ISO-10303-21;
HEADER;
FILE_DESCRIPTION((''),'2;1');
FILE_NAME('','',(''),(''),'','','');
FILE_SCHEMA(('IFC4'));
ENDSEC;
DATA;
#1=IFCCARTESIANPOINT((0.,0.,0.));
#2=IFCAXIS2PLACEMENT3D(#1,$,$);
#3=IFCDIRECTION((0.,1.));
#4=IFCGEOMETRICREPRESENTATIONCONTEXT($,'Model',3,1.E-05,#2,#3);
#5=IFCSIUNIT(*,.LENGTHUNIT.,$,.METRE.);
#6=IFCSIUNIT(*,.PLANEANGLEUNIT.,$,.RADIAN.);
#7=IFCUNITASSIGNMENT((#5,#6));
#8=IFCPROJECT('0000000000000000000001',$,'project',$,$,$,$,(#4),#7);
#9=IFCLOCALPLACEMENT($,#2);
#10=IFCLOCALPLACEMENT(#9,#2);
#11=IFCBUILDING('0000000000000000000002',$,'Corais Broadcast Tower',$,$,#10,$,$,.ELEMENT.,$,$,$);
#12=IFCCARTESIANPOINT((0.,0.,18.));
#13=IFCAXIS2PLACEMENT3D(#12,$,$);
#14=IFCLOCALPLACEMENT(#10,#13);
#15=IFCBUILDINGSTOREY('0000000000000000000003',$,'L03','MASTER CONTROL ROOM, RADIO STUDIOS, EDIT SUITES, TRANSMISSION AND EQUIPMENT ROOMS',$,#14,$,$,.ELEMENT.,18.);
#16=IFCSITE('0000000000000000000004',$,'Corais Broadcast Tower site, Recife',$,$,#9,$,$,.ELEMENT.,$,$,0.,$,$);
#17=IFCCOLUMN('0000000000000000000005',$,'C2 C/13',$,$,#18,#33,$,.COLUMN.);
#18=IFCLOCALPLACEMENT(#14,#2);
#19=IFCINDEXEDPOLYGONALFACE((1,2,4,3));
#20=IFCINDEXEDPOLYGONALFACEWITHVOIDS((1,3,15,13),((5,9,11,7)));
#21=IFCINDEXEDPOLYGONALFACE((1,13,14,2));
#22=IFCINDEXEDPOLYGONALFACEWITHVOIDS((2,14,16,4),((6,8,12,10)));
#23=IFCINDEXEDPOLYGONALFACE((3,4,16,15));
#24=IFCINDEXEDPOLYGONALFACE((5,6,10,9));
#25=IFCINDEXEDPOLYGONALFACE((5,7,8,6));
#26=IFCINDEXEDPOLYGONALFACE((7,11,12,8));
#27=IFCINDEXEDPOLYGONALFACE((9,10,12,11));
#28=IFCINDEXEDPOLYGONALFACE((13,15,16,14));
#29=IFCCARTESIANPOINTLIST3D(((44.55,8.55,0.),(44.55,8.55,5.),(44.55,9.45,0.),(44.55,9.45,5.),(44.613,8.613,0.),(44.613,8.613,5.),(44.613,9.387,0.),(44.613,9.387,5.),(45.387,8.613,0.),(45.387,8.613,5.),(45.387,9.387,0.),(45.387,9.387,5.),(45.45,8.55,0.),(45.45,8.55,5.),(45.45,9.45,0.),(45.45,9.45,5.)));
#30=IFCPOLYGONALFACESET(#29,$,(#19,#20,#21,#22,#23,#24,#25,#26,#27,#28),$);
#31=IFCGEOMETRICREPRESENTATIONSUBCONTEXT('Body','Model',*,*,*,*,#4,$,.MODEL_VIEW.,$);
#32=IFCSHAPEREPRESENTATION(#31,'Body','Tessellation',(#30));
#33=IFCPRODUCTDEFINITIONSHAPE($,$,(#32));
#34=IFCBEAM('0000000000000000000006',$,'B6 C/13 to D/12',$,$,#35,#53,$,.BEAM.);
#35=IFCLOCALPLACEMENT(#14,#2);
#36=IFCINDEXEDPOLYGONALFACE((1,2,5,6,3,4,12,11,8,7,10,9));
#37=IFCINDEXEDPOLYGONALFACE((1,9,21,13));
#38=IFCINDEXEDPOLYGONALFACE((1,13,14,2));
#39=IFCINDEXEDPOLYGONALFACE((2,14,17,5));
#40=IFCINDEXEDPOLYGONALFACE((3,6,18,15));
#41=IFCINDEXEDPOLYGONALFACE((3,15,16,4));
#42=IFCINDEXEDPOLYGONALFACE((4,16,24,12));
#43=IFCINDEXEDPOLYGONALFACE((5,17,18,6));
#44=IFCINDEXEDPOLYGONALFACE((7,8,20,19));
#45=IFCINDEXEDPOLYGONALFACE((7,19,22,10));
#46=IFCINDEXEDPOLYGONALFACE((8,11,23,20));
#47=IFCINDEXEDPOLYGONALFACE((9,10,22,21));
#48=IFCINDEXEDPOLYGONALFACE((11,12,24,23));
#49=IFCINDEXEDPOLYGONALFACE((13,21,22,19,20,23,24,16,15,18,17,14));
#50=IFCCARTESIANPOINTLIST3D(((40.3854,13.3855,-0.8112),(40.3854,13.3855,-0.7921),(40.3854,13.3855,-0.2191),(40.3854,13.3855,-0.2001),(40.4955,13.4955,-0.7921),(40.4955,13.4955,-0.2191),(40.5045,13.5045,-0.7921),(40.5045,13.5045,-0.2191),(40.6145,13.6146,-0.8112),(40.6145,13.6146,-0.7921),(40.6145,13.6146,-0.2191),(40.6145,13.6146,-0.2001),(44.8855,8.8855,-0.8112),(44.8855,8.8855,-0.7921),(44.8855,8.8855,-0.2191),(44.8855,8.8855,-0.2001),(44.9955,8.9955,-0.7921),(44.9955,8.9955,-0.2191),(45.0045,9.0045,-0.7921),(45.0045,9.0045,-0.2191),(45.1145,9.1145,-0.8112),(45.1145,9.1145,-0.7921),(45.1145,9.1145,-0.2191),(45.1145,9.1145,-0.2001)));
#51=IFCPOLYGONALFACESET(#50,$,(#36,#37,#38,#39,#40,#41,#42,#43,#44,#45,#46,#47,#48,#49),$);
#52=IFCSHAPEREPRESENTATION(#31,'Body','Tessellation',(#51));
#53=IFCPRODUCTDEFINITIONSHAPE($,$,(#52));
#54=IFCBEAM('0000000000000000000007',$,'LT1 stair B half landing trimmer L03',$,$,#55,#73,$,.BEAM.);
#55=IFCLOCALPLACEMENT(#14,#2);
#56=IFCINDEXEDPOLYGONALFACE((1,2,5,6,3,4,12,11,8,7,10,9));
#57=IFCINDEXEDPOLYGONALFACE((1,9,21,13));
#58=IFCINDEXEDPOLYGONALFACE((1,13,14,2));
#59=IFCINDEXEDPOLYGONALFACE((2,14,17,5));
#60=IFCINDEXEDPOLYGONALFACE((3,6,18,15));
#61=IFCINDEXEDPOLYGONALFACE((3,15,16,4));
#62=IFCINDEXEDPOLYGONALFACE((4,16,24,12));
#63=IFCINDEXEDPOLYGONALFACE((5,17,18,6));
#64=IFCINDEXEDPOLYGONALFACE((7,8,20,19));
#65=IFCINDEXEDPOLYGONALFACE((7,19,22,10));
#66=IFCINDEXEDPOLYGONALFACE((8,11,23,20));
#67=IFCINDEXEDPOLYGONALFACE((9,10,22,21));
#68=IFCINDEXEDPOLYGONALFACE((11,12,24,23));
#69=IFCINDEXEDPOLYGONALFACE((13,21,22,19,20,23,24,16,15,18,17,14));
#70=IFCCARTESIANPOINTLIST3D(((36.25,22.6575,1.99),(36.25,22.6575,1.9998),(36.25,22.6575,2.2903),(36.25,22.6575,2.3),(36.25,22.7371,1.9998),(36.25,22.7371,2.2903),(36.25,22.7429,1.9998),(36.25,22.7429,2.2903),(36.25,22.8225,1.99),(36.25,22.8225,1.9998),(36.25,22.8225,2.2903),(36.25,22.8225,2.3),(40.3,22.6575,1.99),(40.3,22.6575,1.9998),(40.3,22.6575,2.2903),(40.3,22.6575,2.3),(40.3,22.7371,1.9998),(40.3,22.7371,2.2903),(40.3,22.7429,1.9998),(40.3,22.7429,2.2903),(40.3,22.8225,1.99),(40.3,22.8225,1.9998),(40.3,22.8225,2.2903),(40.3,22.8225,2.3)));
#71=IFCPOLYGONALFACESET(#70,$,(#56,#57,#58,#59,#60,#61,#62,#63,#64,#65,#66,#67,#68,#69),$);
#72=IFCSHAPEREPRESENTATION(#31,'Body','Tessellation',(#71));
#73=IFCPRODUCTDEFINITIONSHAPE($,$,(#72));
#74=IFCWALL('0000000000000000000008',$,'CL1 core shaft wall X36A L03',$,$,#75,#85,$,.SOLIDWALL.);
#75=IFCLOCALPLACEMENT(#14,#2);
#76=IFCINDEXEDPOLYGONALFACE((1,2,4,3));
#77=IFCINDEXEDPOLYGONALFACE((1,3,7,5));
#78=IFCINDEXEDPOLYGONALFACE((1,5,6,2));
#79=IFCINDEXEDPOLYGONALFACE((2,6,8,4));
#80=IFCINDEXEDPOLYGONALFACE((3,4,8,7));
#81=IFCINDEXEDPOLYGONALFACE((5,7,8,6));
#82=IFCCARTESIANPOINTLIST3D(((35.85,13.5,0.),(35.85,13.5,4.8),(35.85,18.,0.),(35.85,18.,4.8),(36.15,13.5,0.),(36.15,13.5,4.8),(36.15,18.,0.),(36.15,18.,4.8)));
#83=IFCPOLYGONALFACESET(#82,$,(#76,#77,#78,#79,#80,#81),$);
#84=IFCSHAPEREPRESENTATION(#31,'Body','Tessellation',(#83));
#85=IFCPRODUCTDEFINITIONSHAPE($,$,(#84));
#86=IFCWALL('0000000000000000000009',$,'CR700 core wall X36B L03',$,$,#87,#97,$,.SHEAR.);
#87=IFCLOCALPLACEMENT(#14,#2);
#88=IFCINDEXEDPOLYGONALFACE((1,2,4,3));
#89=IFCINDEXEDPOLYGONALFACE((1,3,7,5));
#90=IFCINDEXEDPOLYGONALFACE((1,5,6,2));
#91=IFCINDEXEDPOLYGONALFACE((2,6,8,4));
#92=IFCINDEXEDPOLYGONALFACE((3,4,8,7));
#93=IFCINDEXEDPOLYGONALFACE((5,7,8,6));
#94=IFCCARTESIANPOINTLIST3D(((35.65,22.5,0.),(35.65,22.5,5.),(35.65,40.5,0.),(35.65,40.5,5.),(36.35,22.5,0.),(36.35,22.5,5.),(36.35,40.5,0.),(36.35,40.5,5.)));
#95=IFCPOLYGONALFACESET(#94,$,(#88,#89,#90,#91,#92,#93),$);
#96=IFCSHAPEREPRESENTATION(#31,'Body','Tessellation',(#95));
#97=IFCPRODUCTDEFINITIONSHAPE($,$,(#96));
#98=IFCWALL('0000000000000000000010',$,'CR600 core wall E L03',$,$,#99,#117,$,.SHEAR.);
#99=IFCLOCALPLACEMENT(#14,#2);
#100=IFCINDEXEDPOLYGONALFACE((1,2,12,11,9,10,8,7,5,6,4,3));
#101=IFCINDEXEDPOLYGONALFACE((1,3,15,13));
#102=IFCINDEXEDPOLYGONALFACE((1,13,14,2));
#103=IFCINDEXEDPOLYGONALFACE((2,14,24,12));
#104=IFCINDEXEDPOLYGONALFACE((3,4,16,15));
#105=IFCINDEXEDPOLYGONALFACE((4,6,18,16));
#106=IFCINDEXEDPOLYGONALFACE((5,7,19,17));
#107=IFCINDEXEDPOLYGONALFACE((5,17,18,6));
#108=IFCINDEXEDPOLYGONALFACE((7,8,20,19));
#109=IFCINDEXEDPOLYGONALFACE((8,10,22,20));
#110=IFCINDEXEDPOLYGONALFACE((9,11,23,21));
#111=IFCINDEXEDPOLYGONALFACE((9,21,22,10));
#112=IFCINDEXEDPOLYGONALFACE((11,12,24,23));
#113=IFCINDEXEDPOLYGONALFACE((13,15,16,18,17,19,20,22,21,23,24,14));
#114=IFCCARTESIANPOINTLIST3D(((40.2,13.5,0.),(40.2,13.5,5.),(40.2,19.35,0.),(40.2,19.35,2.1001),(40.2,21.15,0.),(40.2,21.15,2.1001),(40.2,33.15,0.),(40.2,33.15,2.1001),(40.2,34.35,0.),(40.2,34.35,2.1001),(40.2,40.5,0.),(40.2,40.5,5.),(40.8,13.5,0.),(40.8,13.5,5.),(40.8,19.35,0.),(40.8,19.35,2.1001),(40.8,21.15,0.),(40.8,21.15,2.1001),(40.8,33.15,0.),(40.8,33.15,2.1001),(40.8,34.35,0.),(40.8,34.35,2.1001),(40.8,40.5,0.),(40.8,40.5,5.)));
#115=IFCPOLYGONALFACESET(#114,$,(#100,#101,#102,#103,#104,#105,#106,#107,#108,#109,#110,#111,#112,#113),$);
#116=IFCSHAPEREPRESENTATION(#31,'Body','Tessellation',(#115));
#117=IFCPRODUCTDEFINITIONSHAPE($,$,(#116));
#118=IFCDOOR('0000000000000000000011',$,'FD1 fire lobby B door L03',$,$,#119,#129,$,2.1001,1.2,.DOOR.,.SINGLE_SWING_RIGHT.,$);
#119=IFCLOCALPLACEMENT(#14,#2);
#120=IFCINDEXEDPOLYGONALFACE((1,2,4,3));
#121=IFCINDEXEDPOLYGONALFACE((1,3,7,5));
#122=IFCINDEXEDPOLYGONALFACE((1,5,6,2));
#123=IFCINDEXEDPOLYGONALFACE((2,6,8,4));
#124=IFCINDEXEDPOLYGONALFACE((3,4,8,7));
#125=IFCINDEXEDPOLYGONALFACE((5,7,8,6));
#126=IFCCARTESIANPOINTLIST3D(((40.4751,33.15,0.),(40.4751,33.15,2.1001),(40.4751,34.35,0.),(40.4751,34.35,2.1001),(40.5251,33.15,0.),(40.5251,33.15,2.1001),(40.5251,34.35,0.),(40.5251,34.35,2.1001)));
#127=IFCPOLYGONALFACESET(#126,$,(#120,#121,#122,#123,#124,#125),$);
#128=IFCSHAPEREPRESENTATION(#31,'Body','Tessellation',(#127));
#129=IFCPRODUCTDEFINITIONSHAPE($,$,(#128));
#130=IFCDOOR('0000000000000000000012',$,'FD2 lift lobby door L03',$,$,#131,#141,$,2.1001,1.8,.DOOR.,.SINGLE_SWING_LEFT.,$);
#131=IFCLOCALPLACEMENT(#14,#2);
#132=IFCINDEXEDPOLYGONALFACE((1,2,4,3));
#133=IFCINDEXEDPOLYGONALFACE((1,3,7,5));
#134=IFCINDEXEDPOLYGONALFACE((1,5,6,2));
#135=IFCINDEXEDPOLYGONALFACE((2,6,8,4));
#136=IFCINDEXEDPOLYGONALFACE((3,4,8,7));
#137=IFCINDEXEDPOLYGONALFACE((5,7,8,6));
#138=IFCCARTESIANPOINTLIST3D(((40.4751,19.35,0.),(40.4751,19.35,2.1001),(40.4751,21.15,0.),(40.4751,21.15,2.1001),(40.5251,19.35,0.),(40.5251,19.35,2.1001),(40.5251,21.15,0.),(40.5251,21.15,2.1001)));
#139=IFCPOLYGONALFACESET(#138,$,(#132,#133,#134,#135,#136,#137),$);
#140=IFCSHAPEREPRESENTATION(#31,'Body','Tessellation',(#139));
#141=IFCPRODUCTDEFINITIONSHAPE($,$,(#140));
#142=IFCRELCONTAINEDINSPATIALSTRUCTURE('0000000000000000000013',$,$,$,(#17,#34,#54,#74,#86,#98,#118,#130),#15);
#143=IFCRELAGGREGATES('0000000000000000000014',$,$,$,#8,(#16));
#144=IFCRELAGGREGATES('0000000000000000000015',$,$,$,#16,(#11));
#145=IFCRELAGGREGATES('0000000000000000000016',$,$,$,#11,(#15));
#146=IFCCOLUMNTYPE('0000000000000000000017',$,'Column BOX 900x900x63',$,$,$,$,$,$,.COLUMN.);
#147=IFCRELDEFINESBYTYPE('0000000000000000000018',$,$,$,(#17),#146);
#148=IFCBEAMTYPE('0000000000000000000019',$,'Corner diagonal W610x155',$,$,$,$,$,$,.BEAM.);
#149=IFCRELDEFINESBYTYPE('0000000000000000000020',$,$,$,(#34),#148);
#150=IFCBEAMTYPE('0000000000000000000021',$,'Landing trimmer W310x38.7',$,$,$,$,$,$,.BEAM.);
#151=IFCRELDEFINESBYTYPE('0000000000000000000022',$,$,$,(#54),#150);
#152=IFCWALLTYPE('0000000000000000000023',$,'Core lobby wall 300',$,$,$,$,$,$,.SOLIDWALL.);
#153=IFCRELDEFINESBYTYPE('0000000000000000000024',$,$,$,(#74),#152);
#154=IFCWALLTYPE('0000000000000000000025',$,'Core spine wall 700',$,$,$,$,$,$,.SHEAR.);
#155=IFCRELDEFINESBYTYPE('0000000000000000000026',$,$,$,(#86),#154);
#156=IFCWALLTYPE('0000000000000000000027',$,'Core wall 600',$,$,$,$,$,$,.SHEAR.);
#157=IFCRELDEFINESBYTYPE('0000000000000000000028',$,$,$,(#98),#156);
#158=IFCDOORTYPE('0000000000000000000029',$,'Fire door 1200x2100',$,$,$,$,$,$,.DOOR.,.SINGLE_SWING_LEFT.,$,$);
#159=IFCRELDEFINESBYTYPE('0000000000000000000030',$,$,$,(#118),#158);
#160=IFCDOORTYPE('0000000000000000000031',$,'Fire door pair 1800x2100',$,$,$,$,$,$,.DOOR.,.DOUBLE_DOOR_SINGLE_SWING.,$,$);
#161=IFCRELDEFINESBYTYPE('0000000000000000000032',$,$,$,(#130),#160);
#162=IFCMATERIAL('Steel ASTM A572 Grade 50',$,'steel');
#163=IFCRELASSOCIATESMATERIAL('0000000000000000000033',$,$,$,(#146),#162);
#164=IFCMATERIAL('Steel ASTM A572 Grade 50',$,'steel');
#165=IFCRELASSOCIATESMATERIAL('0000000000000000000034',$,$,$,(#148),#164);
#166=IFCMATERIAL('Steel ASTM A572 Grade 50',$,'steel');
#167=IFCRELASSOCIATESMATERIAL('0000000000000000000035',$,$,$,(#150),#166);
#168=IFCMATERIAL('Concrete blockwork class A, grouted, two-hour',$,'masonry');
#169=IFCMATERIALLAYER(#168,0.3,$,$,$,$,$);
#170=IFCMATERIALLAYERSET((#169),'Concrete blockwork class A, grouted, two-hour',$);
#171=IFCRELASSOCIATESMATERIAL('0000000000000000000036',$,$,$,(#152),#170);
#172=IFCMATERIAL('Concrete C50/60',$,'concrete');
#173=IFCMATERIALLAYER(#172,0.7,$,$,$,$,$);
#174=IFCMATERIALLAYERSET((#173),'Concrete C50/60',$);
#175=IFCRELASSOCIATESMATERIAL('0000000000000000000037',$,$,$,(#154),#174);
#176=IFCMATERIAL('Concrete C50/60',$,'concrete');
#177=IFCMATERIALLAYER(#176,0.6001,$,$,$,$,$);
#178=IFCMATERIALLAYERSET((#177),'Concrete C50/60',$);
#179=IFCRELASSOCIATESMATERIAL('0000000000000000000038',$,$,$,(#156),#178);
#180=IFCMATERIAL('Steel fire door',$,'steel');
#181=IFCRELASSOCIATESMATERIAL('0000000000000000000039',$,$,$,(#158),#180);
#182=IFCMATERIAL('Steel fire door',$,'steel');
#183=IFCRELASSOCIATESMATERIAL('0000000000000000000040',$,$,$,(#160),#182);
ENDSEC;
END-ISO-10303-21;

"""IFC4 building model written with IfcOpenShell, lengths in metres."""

from ifc_helpers import new_model, si_unit, direction, frame, frame_2d, origin, origin_2d, place, context, subcontext, project, spatial, rectangle, hollow_rectangle, i_section, extrude, material, layer, layer_set, material_profile, profile_set, type_object, element, fill, save


model = new_model("IFC4")

# Units and contexts
model_context = context("Model", 3, precision=1e-05, world=origin(), true_north=direction((0.0, 1.0)))
body_context = subcontext(model_context, "Body", "Model", "MODEL_VIEW")
ifc_project = project(units=[si_unit("LENGTHUNIT", "METRE"), si_unit("PLANEANGLEUNIT", "RADIAN")], contexts=[model_context])

# Site, building, storey
site_placement = place(None, origin())
site = spatial("IfcSite", under=ifc_project, at=site_placement, Name="Corais Broadcast Tower site, Recife", CompositionType="ELEMENT", RefElevation=0.0)
building_placement = place(site_placement, origin())
building = spatial("IfcBuilding", under=site, at=building_placement, Name="Corais Broadcast Tower", CompositionType="ELEMENT")
storey_placement = place(building_placement, frame((0.0, 0.0, 18.0)))
storey = spatial("IfcBuildingStorey", under=building, at=storey_placement, Name="L03", Description="MASTER CONTROL ROOM, RADIO STUDIOS, EDIT SUITES, TRANSMISSION AND EQUIPMENT ROOMS", CompositionType="ELEMENT", Elevation=18.0)

# Column
ifc_material_1 = material(Name="Steel ASTM A572 Grade 50", Category="steel")
ifc_material_profile_1 = material_profile(ifc_material_1, hollow_rectangle(XDim=0.8999, YDim=0.8999, WallThickness=0.063, at=origin_2d()), Name="BOX 900x900x63")
ifc_profile_set_1 = profile_set([ifc_material_profile_1], Name="Steel ASTM A572 Grade 50")
column_type = type_object("IfcColumnType", Name="Column BOX 900x900x63", PredefinedType="COLUMN", material=ifc_profile_set_1)
column_placement = place(storey_placement, frame((45.0, 9.0, 0.0), z_axis=(0.0, 0.0, 1.0), x_axis=(1.0, 0.0, 0.0)))
element("IfcColumn", 1, at=column_placement, inside=storey, type_object=column_type, Name="C2 C/13", PredefinedType="COLUMN", context=body_context, shape_type="SweptSolid", body=[
    extrude(hollow_rectangle(XDim=0.8999, YDim=0.8999, WallThickness=0.063, at=origin_2d()), origin(), (0.0, 0.0, 1.0), 5.0),
])

# Beams
ifc_material_2 = material(Name="Steel ASTM A572 Grade 50", Category="steel")
ifc_material_profile_2 = material_profile(ifc_material_2, i_section(OverallWidth=0.324, OverallDepth=0.6111, WebThickness=0.0127, FlangeThickness=0.019, at=origin_2d()), Name="W610x155")
ifc_profile_set_2 = profile_set([ifc_material_profile_2], Name="Steel ASTM A572 Grade 50")
beam_type_1 = type_object("IfcBeamType", Name="Corner diagonal W610x155", PredefinedType="BEAM", material=ifc_profile_set_2)
beam_1_placement = place(storey_placement, frame((45.0, 9.0, -0.5056), z_axis=(-0.707107, 0.707107, 0.0), x_axis=(-0.707107, -0.707107, 0.0)))
element("IfcBeam", 2, at=beam_1_placement, inside=storey, type_object=beam_type_1, Name="B6 C/13 to D/12", PredefinedType="BEAM", context=body_context, shape_type="SweptSolid", body=[
    extrude(i_section(OverallWidth=0.324, OverallDepth=0.6111, WebThickness=0.0127, FlangeThickness=0.019, at=origin_2d()), origin(), (0.0, 0.0, 1.0), 6.364),
])
ifc_material_3 = material(Name="Steel ASTM A572 Grade 50", Category="steel")
ifc_material_profile_3 = material_profile(ifc_material_3, i_section(OverallWidth=0.165, OverallDepth=0.3101, WebThickness=0.0059, FlangeThickness=0.0098, at=origin_2d()), Name="W310x38.7")
ifc_profile_set_3 = profile_set([ifc_material_profile_3], Name="Steel ASTM A572 Grade 50")
beam_type_2 = type_object("IfcBeamType", Name="Landing trimmer W310x38.7", PredefinedType="BEAM", material=ifc_profile_set_3)
beam_2_placement = place(storey_placement, frame((36.25, 22.74, 2.145), z_axis=(1.0, 0.0, 0.0), x_axis=(0.0, 1.0, 0.0)))
element("IfcBeam", 3, at=beam_2_placement, inside=storey, type_object=beam_type_2, Name="LT1 stair B half landing trimmer L03", PredefinedType="BEAM", context=body_context, shape_type="SweptSolid", body=[
    extrude(i_section(OverallWidth=0.165, OverallDepth=0.3101, WebThickness=0.0059, FlangeThickness=0.0098, at=origin_2d()), origin(), (0.0, 0.0, 1.0), 4.05),
])

# Walls
ifc_material_4 = material(Name="Concrete blockwork class A, grouted, two-hour", Category="masonry")
ifc_layer_1 = layer(ifc_material_4, 0.3)
ifc_layer_set_1 = layer_set([ifc_layer_1], Name="Concrete blockwork class A, grouted, two-hour")
wall_type_1 = type_object("IfcWallType", Name="Core lobby wall 300", PredefinedType="SOLIDWALL", material=ifc_layer_set_1)
wall_1_placement = place(storey_placement, frame((36.0, 13.5, 0.0), z_axis=(0.0, 0.0, 1.0), x_axis=(0.0, 1.0, 0.0)))
element("IfcWall", 4, at=wall_1_placement, inside=storey, type_object=wall_type_1, Name="CL1 core shaft wall X36A L03", PredefinedType="SOLIDWALL", context=body_context, shape_type="SweptSolid", body=[
    extrude(rectangle(XDim=4.5, YDim=0.3, at=frame_2d((2.25, 0.0))), origin(), (0.0, 0.0, 1.0), 4.8),
])
ifc_material_5 = material(Name="Concrete C50/60", Category="concrete")
ifc_layer_2 = layer(ifc_material_5, 0.7)
ifc_layer_set_2 = layer_set([ifc_layer_2], Name="Concrete C50/60")
wall_type_2 = type_object("IfcWallType", Name="Core spine wall 700", PredefinedType="SHEAR", material=ifc_layer_set_2)
wall_2_placement = place(storey_placement, frame((36.0, 22.5, 0.0), z_axis=(0.0, 0.0, 1.0), x_axis=(0.0, 1.0, 0.0)))
element("IfcWall", 5, at=wall_2_placement, inside=storey, type_object=wall_type_2, Name="CR700 core wall X36B L03", PredefinedType="SHEAR", context=body_context, shape_type="SweptSolid", body=[
    extrude(rectangle(XDim=18.0, YDim=0.7, at=frame_2d((9.0, 0.0))), origin(), (0.0, 0.0, 1.0), 5.0),
])

# Wall, openings, doors
ifc_material_6 = material(Name="Concrete C50/60", Category="concrete")
ifc_layer_3 = layer(ifc_material_6, 0.6001)
ifc_layer_set_3 = layer_set([ifc_layer_3], Name="Concrete C50/60")
wall_type_3 = type_object("IfcWallType", Name="Core wall 600", PredefinedType="SHEAR", material=ifc_layer_set_3)
wall_3_placement = place(storey_placement, frame((40.5, 13.5, 0.0), z_axis=(0.0, 0.0, 1.0), x_axis=(0.0, 1.0, 0.0)))
wall_3 = element("IfcWall", 6, at=wall_3_placement, inside=storey, type_object=wall_type_3, Name="CR600 core wall E L03", PredefinedType="SHEAR", context=body_context, shape_type="SweptSolid", body=[
    extrude(rectangle(XDim=27.0, YDim=0.6001, at=frame_2d((13.5, 0.0))), origin(), (0.0, 0.0, 1.0), 5.0),
])
opening_1_placement = place(wall_3_placement, frame((5.8501, 0.0, 0.0)))
opening_1 = element("IfcOpeningElement", 7, at=opening_1_placement, cuts=wall_3, PredefinedType="OPENING", context=body_context, shape_type="SweptSolid", body=[
    extrude(rectangle(XDim=1.8, YDim=2.1001, at=frame_2d((0.8999, 1.05))), frame((0.0, 0.3101, 0.0), z_axis=(0.0, -1.0, 0.0), x_axis=(1.0, 0.0, 0.0)), (0.0, 0.0, 1.0), 0.6201),
])
opening_2_placement = place(wall_3_placement, frame((19.6499, 0.0, 0.0)))
opening_2 = element("IfcOpeningElement", 8, at=opening_2_placement, cuts=wall_3, PredefinedType="OPENING", context=body_context, shape_type="SweptSolid", body=[
    extrude(rectangle(XDim=1.2, YDim=2.1001, at=frame_2d((0.6001, 1.05))), frame((0.0, 0.3101, 0.0), z_axis=(0.0, -1.0, 0.0), x_axis=(1.0, 0.0, 0.0)), (0.0, 0.0, 1.0), 0.6201),
])
ifc_material_7 = material(Name="Steel fire door", Category="steel")
door_type_1 = type_object("IfcDoorType", Name="Fire door 1200x2100", OperationType="SINGLE_SWING_LEFT", PredefinedType="DOOR", material=ifc_material_7)
door_1_placement = place(opening_2_placement, origin())
door_1 = element("IfcDoor", 9, at=door_1_placement, inside=storey, type_object=door_type_1, Name="FD1 fire lobby B door L03", OperationType="SINGLE_SWING_RIGHT", OverallHeight=2.1001, OverallWidth=1.2, PredefinedType="DOOR", context=body_context, shape_type="SweptSolid", body=[
    extrude(rectangle(XDim=1.2, YDim=2.1001, at=frame_2d((0.6001, 1.05))), frame((0.0, 0.0249, 0.0), z_axis=(0.0, -1.0, 0.0), x_axis=(1.0, 0.0, 0.0)), (0.0, 0.0, 1.0), 0.05),
])
fill(opening_2, door_1)
ifc_material_8 = material(Name="Steel fire door", Category="steel")
door_type_2 = type_object("IfcDoorType", Name="Fire door pair 1800x2100", OperationType="DOUBLE_DOOR_SINGLE_SWING", PredefinedType="DOOR", material=ifc_material_8)
door_2_placement = place(opening_1_placement, origin())
door_2 = element("IfcDoor", 10, at=door_2_placement, inside=storey, type_object=door_type_2, Name="FD2 lift lobby door L03", OperationType="SINGLE_SWING_LEFT", OverallHeight=2.1001, OverallWidth=1.8, PredefinedType="DOOR", context=body_context, shape_type="SweptSolid", body=[
    extrude(rectangle(XDim=1.8, YDim=2.1001, at=frame_2d((0.8999, 1.05))), frame((0.0, 0.0249, 0.0), z_axis=(0.0, -1.0, 0.0), x_axis=(1.0, 0.0, 0.0)), (0.0, 0.0, 1.0), 0.05),
])
fill(opening_1, door_2)

save(model, "model.ifc")
